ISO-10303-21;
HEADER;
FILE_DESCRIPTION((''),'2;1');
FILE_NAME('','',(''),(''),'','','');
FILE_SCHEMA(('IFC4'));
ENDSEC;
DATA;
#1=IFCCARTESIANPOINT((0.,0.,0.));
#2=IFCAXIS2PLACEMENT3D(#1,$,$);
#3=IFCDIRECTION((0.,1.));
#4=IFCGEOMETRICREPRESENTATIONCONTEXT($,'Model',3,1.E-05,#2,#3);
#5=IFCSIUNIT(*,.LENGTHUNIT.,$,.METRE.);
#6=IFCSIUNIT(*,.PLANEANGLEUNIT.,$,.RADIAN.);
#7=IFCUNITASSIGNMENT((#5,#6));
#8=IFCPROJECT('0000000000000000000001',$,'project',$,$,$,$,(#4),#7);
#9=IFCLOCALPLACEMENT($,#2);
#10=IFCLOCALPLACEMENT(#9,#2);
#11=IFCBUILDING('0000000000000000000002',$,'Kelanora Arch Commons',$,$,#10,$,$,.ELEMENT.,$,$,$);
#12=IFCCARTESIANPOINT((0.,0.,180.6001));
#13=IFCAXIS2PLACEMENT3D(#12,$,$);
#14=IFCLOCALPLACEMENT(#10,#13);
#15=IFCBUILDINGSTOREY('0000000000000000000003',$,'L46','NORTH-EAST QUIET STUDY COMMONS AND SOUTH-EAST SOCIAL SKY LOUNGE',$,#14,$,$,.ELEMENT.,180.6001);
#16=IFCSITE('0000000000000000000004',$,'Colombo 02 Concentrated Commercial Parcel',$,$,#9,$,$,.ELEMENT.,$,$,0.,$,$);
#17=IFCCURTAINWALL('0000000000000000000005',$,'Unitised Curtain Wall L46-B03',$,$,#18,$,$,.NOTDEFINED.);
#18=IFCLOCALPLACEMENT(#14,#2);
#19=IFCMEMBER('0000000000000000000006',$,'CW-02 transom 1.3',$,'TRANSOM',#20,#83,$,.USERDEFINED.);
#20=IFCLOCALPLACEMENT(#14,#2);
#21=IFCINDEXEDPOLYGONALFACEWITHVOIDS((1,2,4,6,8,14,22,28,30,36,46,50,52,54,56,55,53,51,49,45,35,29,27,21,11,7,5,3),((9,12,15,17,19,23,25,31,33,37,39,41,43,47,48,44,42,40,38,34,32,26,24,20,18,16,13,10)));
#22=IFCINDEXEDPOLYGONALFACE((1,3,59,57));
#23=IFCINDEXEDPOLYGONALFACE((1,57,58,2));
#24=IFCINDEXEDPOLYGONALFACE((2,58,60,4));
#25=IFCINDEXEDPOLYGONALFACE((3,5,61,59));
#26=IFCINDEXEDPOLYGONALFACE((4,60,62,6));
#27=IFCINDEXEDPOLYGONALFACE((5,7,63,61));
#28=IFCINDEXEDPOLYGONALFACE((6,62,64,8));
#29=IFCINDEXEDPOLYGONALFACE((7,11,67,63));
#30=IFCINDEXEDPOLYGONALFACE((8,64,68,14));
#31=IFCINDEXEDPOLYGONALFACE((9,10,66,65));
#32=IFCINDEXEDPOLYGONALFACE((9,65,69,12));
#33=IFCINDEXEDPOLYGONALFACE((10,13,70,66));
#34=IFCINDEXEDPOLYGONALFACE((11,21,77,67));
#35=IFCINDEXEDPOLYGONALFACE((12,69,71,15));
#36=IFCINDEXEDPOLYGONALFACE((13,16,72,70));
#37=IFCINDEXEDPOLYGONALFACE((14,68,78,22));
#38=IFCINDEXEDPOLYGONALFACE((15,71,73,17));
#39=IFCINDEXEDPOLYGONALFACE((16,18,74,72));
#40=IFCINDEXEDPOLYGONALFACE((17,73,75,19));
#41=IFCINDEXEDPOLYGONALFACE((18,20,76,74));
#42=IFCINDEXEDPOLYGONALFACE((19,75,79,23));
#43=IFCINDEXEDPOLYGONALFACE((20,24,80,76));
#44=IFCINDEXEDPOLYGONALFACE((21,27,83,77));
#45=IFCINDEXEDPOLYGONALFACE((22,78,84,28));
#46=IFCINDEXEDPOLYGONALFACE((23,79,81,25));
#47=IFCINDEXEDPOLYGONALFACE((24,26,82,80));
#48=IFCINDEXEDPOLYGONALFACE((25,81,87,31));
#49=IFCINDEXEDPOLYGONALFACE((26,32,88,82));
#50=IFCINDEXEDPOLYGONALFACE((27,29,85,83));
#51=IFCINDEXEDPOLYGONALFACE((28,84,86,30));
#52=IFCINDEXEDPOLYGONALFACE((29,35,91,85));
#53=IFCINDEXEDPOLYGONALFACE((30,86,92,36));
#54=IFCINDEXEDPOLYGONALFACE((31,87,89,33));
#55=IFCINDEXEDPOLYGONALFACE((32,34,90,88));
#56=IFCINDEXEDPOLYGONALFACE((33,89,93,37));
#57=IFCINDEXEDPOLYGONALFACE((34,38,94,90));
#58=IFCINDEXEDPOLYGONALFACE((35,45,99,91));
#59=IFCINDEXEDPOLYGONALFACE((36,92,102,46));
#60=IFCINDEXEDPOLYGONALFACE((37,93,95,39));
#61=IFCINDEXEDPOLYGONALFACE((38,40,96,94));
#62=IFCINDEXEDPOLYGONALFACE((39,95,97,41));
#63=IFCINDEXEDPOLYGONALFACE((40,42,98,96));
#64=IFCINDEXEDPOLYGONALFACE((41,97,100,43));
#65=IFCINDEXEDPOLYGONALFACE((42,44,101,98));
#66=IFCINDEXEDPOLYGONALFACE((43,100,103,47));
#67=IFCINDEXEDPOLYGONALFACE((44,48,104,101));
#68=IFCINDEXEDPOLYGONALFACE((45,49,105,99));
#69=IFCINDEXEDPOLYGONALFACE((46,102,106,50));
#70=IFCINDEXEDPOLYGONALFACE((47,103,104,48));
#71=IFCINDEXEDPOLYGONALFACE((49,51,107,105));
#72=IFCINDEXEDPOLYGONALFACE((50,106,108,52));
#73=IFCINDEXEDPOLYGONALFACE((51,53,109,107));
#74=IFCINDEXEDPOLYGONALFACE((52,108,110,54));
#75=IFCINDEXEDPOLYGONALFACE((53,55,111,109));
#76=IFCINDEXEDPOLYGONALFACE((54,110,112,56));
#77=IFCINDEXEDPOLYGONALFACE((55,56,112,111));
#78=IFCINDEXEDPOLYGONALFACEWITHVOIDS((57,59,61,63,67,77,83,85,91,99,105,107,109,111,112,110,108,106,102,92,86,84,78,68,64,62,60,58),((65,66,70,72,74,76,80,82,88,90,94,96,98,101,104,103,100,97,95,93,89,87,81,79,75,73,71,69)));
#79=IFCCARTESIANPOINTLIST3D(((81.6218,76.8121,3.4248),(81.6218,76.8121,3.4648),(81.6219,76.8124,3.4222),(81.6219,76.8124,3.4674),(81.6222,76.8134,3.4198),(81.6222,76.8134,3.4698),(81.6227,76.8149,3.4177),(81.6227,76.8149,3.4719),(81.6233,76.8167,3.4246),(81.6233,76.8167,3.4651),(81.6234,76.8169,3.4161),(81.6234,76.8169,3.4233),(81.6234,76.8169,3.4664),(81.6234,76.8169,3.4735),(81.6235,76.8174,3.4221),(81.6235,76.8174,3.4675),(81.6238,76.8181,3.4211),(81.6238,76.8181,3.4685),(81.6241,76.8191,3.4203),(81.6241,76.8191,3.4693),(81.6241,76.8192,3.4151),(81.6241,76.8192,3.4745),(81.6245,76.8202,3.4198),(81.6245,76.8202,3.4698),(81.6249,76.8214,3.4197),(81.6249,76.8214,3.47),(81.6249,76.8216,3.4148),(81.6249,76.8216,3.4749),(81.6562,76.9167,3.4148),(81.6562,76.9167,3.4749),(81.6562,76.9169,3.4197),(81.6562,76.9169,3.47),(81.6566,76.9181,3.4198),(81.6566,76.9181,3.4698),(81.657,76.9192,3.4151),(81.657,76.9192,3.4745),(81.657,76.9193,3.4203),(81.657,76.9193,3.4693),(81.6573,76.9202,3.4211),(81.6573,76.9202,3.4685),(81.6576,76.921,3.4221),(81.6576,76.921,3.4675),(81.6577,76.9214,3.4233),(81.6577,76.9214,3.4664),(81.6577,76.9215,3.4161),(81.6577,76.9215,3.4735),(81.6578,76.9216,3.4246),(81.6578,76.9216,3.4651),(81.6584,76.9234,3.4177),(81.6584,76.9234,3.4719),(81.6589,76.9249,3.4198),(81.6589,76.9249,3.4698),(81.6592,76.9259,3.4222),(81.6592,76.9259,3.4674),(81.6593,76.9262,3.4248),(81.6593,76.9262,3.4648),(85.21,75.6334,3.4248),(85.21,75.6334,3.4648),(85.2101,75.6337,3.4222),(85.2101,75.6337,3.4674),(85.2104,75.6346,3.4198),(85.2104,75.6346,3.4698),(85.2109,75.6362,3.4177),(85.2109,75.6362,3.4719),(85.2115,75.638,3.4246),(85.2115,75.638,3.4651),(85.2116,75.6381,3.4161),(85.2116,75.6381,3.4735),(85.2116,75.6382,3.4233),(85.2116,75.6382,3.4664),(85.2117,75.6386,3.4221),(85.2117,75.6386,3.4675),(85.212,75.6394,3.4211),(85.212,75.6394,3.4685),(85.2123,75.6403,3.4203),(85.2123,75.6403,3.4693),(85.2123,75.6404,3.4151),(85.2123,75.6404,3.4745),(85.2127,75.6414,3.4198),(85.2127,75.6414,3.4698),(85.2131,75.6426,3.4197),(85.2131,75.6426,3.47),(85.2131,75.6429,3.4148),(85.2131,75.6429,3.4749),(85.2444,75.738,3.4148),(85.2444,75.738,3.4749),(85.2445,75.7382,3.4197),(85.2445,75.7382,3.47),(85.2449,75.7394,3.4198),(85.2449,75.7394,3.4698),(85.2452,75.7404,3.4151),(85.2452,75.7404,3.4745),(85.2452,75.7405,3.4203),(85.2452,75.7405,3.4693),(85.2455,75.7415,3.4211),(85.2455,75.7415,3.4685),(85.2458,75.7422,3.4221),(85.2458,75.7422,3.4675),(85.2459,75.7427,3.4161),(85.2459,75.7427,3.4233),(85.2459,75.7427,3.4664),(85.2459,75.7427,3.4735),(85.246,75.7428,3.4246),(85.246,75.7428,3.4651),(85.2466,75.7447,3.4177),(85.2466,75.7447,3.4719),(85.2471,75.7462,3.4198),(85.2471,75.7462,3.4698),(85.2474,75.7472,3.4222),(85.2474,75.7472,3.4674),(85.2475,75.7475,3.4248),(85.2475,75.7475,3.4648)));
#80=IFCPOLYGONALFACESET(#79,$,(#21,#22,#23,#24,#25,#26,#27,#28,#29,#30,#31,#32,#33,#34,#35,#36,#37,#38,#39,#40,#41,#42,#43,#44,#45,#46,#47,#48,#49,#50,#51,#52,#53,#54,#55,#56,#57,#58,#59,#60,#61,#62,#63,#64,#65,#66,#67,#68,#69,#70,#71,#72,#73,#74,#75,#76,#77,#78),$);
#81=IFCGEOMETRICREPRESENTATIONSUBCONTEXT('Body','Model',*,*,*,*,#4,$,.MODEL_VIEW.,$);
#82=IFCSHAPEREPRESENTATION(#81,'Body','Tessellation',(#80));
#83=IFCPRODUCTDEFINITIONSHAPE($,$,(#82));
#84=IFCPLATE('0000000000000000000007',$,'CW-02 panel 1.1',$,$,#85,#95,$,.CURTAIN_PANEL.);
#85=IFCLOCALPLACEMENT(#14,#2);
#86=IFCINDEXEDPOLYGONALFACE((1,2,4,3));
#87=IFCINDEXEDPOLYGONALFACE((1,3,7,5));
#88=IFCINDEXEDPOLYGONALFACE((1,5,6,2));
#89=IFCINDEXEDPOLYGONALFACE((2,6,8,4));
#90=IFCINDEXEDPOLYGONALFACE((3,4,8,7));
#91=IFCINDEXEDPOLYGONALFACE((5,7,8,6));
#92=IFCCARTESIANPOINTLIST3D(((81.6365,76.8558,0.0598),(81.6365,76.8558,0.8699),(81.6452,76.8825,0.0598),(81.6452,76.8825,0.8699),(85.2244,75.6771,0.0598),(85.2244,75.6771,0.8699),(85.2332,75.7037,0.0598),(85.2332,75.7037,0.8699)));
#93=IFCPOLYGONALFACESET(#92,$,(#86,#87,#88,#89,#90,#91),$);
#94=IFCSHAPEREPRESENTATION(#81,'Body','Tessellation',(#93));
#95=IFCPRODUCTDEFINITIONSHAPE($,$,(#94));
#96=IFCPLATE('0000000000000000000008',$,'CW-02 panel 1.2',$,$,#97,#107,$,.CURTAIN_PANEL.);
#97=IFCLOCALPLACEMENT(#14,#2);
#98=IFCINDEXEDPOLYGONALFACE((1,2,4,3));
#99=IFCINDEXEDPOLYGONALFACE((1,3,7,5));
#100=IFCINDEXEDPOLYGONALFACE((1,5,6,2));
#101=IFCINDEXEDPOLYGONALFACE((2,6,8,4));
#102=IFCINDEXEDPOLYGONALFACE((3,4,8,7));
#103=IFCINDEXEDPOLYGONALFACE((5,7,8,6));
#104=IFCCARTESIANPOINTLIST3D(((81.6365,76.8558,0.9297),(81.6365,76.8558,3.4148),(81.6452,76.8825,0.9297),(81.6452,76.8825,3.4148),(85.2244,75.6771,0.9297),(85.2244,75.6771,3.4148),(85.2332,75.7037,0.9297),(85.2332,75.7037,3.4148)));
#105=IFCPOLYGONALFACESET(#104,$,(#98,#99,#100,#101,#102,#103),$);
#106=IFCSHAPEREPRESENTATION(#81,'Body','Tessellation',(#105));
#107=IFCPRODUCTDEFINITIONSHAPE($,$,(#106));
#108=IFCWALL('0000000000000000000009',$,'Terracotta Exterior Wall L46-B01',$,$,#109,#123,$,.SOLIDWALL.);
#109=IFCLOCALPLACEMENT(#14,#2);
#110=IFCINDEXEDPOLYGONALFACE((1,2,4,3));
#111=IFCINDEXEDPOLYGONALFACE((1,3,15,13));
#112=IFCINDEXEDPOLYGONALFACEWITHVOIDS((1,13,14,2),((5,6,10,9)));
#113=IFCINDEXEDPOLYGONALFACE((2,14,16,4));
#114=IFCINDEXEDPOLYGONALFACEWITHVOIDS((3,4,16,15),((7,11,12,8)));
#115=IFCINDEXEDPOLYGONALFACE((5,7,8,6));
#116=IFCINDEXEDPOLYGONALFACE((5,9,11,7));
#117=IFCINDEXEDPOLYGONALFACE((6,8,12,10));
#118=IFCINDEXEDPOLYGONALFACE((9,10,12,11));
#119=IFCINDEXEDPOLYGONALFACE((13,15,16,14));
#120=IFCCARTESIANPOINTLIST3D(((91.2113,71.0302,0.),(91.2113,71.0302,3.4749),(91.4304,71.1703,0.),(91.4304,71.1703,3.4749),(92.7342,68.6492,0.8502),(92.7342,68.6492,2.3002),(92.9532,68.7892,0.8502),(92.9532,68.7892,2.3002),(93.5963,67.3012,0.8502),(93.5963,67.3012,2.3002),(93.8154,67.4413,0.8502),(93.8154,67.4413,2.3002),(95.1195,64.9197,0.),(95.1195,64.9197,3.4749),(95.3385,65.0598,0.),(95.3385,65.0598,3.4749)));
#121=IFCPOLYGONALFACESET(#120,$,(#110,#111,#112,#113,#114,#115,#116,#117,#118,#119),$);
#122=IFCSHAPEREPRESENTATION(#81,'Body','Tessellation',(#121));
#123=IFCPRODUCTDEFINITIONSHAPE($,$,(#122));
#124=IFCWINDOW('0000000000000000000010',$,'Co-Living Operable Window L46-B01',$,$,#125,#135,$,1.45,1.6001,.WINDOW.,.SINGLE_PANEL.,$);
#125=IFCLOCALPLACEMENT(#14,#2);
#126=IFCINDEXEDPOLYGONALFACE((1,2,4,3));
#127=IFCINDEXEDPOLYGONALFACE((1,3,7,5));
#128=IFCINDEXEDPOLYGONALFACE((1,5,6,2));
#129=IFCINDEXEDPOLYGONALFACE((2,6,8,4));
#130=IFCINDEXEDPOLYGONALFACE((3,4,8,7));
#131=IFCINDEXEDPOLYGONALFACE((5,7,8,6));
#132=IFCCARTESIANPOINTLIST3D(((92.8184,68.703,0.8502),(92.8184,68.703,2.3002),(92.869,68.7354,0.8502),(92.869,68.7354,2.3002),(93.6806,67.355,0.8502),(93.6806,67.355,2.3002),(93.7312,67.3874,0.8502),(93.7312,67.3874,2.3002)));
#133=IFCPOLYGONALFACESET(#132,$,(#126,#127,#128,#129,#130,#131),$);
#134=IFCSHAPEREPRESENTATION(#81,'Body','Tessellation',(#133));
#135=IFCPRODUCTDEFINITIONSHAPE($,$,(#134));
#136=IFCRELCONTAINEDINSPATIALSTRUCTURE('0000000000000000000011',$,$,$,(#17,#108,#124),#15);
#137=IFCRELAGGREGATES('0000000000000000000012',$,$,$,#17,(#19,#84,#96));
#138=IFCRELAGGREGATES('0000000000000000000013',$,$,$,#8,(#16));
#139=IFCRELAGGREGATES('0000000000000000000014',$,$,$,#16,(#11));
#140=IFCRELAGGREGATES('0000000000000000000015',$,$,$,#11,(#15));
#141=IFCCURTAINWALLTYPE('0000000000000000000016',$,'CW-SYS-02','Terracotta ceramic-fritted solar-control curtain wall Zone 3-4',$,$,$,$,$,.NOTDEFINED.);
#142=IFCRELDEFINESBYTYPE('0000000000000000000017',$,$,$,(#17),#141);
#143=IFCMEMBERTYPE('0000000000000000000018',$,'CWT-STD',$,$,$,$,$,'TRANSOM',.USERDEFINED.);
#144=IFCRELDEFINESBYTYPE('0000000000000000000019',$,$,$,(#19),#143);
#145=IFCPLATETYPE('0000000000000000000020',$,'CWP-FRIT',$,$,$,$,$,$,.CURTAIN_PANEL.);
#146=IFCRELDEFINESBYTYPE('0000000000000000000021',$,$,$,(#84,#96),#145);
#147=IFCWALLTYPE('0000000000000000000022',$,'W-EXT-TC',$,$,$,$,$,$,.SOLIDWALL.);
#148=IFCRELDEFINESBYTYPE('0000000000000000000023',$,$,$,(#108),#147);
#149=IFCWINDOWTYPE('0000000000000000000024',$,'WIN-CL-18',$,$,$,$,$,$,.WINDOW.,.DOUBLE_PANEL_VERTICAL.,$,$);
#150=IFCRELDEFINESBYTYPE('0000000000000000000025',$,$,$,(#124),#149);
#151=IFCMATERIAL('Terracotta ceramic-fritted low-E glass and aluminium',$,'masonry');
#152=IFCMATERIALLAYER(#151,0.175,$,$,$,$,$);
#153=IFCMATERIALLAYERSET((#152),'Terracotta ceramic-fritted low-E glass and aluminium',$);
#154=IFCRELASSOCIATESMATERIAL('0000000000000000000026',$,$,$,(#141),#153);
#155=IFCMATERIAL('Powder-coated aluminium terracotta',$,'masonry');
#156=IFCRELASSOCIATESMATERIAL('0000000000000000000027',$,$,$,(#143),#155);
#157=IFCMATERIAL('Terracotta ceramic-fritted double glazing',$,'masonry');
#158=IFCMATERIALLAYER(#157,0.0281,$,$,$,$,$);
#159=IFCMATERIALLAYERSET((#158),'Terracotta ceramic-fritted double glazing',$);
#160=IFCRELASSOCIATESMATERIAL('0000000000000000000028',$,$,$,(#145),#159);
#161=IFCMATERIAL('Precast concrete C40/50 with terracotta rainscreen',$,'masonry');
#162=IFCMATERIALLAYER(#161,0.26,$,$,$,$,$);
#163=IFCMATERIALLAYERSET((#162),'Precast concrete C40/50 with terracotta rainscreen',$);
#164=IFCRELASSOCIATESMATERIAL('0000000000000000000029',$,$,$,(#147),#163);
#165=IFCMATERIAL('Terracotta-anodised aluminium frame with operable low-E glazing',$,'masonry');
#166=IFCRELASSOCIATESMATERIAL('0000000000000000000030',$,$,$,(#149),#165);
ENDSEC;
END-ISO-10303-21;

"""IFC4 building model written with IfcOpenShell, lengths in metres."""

from ifc_helpers import new_model, si_unit, direction, frame, frame_2d, origin, origin_2d, place, context, subcontext, project, spatial, rectangle, hollow_rectangle, extrude, source, transform, mapped, material, layer, layer_set, material_profile, profile_set, type_object, element, fill, aggregate, save


model = new_model("IFC4")

# Units and contexts
model_context = context("Model", 3, precision=1e-05, world=origin(), true_north=direction((0.0, 1.0)))
body_context = subcontext(model_context, "Body", "Model", "MODEL_VIEW")
ifc_project = project(units=[si_unit("LENGTHUNIT", "METRE"), si_unit("PLANEANGLEUNIT", "RADIAN")], contexts=[model_context])

# Site, building, storey
site_placement = place(None, origin())
site = spatial("IfcSite", under=ifc_project, at=site_placement, Name="Colombo 02 Concentrated Commercial Parcel", CompositionType="ELEMENT", RefElevation=0.0)
building_placement = place(site_placement, origin())
building = spatial("IfcBuilding", under=site, at=building_placement, Name="Kelanora Arch Commons", CompositionType="ELEMENT")
storey_placement = place(building_placement, frame((0.0, 0.0, 180.6001)))
storey = spatial("IfcBuildingStorey", under=building, at=storey_placement, Name="L46", Description="NORTH-EAST QUIET STUDY COMMONS AND SOUTH-EAST SOCIAL SKY LOUNGE", CompositionType="ELEMENT", Elevation=180.6001)

# Curtain wall, member, plates
ifc_material_1 = material(Name="Terracotta ceramic-fritted low-E glass and aluminium", Category="masonry")
ifc_layer_1 = layer(ifc_material_1, 0.175)
ifc_layer_set_1 = layer_set([ifc_layer_1], Name="Terracotta ceramic-fritted low-E glass and aluminium")
curtain_wall_type = type_object("IfcCurtainWallType", Name="CW-SYS-02", Description="Terracotta ceramic-fritted solar-control curtain wall Zone 3-4", PredefinedType="NOTDEFINED", material=ifc_layer_set_1)
curtain_wall_placement = place(storey_placement, origin())
curtain_wall = element("IfcCurtainWall", 1, at=curtain_wall_placement, inside=storey, type_object=curtain_wall_type, Name="Unitised Curtain Wall L46-B03", PredefinedType="NOTDEFINED")
ifc_material_2 = material(Name="Powder-coated aluminium terracotta", Category="masonry")
ifc_material_profile_1 = material_profile(ifc_material_2, hollow_rectangle(XDim=0.1201, YDim=0.0601, WallThickness=0.0049, InnerFilletRadius=0.0049, OuterFilletRadius=0.01, at=origin_2d()), Name="CWT120x60")
ifc_profile_set_1 = profile_set([ifc_material_profile_1], Name="Powder-coated aluminium terracotta")
member_type_1 = type_object("IfcMemberType", Name="CWT-STD", ElementType="TRANSOM", PredefinedType="USERDEFINED", material=ifc_profile_set_1)
member_1_placement = place(storey_placement, frame((85.2288, 75.6904, 3.4448), z_axis=(-0.950051, 0.312094, 0.0), x_axis=(-0.312094, -0.950051, 0.0)))
member_1 = element("IfcMember", 2, at=member_1_placement, type_object=member_type_1, Name="CW-02 transom 1.3", ObjectType="TRANSOM", PredefinedType="USERDEFINED", context=body_context, shape_type="SweptSolid", body=[
    extrude(hollow_rectangle(XDim=0.1201, YDim=0.0601, WallThickness=0.0049, InnerFilletRadius=0.0049, OuterFilletRadius=0.01, at=origin_2d()), origin(), (0.0, 0.0, 1.0), 3.7769),
])
ifc_material_3 = material(Name="Terracotta ceramic-fritted double glazing", Category="masonry")
ifc_layer_2 = layer(ifc_material_3, 0.0281)
ifc_layer_set_2 = layer_set([ifc_layer_2], Name="Terracotta ceramic-fritted double glazing")
plate_type = type_object("IfcPlateType", Name="CWP-FRIT", PredefinedType="CURTAIN_PANEL", material=ifc_layer_set_2)
shared_shape_1 = source(origin(), body_context, "Body", "SweptSolid", [
    extrude(rectangle(XDim=3.7766, YDim=0.0281, at=origin_2d()), origin(), (0.0, 0.0, 1.0), 0.8101),
])
plate_1_placement = place(storey_placement, frame((83.4348, 76.2798, 0.0598), z_axis=(0.0, 0.0, 1.0), x_axis=(-0.95004, 0.312128, 0.0)))
plate_1 = element("IfcPlate", 3, at=plate_1_placement, type_object=plate_type, Name="CW-02 panel 1.1", PredefinedType="CURTAIN_PANEL", context=body_context, shape_type="MappedRepresentation", body=[
    mapped(shared_shape_1, transform((0.0, 0.0, 0.0), scale=1.0)),
])
shared_shape_2 = source(origin(), body_context, "Body", "SweptSolid", [
    extrude(rectangle(XDim=3.7766, YDim=0.0281, at=origin_2d()), origin(), (0.0, 0.0, 1.0), 2.4851),
])
plate_2_placement = place(storey_placement, frame((83.4348, 76.2798, 0.9297), z_axis=(0.0, 0.0, 1.0), x_axis=(-0.95004, 0.312128, 0.0)))
plate_2 = element("IfcPlate", 4, at=plate_2_placement, type_object=plate_type, Name="CW-02 panel 1.2", PredefinedType="CURTAIN_PANEL", context=body_context, shape_type="MappedRepresentation", body=[
    mapped(shared_shape_2, transform((0.0, 0.0, 0.0), scale=1.0)),
])
aggregate(curtain_wall, [member_1, plate_1, plate_2])

# Wall, opening, window
ifc_material_4 = material(Name="Precast concrete C40/50 with terracotta rainscreen", Category="masonry")
ifc_layer_3 = layer(ifc_material_4, 0.26)
ifc_layer_set_3 = layer_set([ifc_layer_3], Name="Precast concrete C40/50 with terracotta rainscreen")
wall_type_1 = type_object("IfcWallType", Name="W-EXT-TC", PredefinedType="SOLIDWALL", material=ifc_layer_set_3)
wall_1_placement = place(storey_placement, frame((95.229, 64.9897, 0.0), z_axis=(0.0, 0.0, 1.0), x_axis=(-0.538802, 0.842433, 0.0)))
wall_1 = element("IfcWall", 5, at=wall_1_placement, inside=storey, type_object=wall_type_1, Name="Terracotta Exterior Wall L46-B01", PredefinedType="SOLIDWALL", context=body_context, shape_type="SweptSolid", body=[
    extrude(rectangle(XDim=7.2534, YDim=0.26, at=frame_2d((3.6267, 0.0))), origin(), (0.0, 0.0, 1.0), 3.4749),
])
opening_1_placement = place(wall_1_placement, frame((2.8269, 0.0, 0.8501)))
opening_1 = element("IfcOpeningElement", 6, at=opening_1_placement, cuts=wall_1, PredefinedType="OPENING", context=body_context, shape_type="SweptSolid", body=[
    extrude(rectangle(XDim=1.6001, YDim=1.45, at=frame_2d((0.8, 0.7251))), frame((0.0, 0.1401, 0.0), z_axis=(0.0, -1.0, 0.0), x_axis=(1.0, 0.0, 0.0)), (0.0, 0.0, 1.0), 0.28),
])
ifc_material_5 = material(Name="Terracotta-anodised aluminium frame with operable low-E glazing", Category="masonry")
window_type_1 = type_object("IfcWindowType", Name="WIN-CL-18", PartitioningType="DOUBLE_PANEL_VERTICAL", PredefinedType="WINDOW", material=ifc_material_5)
window_1_placement = place(opening_1_placement, origin())
window_1 = element("IfcWindow", 7, at=window_1_placement, inside=storey, type_object=window_type_1, Name="Co-Living Operable Window L46-B01", OverallHeight=1.45, OverallWidth=1.6001, PartitioningType="SINGLE_PANEL", PredefinedType="WINDOW", context=body_context, shape_type="SweptSolid", body=[
    extrude(rectangle(XDim=1.6001, YDim=1.45, at=frame_2d((0.8, 0.7251))), frame((0.0, 0.03, 0.0), z_axis=(0.0, -1.0, 0.0), x_axis=(1.0, 0.0, 0.0)), (0.0, 0.0, 1.0), 0.0601),
])
fill(opening_1, window_1)

save(model, "model.ifc")
